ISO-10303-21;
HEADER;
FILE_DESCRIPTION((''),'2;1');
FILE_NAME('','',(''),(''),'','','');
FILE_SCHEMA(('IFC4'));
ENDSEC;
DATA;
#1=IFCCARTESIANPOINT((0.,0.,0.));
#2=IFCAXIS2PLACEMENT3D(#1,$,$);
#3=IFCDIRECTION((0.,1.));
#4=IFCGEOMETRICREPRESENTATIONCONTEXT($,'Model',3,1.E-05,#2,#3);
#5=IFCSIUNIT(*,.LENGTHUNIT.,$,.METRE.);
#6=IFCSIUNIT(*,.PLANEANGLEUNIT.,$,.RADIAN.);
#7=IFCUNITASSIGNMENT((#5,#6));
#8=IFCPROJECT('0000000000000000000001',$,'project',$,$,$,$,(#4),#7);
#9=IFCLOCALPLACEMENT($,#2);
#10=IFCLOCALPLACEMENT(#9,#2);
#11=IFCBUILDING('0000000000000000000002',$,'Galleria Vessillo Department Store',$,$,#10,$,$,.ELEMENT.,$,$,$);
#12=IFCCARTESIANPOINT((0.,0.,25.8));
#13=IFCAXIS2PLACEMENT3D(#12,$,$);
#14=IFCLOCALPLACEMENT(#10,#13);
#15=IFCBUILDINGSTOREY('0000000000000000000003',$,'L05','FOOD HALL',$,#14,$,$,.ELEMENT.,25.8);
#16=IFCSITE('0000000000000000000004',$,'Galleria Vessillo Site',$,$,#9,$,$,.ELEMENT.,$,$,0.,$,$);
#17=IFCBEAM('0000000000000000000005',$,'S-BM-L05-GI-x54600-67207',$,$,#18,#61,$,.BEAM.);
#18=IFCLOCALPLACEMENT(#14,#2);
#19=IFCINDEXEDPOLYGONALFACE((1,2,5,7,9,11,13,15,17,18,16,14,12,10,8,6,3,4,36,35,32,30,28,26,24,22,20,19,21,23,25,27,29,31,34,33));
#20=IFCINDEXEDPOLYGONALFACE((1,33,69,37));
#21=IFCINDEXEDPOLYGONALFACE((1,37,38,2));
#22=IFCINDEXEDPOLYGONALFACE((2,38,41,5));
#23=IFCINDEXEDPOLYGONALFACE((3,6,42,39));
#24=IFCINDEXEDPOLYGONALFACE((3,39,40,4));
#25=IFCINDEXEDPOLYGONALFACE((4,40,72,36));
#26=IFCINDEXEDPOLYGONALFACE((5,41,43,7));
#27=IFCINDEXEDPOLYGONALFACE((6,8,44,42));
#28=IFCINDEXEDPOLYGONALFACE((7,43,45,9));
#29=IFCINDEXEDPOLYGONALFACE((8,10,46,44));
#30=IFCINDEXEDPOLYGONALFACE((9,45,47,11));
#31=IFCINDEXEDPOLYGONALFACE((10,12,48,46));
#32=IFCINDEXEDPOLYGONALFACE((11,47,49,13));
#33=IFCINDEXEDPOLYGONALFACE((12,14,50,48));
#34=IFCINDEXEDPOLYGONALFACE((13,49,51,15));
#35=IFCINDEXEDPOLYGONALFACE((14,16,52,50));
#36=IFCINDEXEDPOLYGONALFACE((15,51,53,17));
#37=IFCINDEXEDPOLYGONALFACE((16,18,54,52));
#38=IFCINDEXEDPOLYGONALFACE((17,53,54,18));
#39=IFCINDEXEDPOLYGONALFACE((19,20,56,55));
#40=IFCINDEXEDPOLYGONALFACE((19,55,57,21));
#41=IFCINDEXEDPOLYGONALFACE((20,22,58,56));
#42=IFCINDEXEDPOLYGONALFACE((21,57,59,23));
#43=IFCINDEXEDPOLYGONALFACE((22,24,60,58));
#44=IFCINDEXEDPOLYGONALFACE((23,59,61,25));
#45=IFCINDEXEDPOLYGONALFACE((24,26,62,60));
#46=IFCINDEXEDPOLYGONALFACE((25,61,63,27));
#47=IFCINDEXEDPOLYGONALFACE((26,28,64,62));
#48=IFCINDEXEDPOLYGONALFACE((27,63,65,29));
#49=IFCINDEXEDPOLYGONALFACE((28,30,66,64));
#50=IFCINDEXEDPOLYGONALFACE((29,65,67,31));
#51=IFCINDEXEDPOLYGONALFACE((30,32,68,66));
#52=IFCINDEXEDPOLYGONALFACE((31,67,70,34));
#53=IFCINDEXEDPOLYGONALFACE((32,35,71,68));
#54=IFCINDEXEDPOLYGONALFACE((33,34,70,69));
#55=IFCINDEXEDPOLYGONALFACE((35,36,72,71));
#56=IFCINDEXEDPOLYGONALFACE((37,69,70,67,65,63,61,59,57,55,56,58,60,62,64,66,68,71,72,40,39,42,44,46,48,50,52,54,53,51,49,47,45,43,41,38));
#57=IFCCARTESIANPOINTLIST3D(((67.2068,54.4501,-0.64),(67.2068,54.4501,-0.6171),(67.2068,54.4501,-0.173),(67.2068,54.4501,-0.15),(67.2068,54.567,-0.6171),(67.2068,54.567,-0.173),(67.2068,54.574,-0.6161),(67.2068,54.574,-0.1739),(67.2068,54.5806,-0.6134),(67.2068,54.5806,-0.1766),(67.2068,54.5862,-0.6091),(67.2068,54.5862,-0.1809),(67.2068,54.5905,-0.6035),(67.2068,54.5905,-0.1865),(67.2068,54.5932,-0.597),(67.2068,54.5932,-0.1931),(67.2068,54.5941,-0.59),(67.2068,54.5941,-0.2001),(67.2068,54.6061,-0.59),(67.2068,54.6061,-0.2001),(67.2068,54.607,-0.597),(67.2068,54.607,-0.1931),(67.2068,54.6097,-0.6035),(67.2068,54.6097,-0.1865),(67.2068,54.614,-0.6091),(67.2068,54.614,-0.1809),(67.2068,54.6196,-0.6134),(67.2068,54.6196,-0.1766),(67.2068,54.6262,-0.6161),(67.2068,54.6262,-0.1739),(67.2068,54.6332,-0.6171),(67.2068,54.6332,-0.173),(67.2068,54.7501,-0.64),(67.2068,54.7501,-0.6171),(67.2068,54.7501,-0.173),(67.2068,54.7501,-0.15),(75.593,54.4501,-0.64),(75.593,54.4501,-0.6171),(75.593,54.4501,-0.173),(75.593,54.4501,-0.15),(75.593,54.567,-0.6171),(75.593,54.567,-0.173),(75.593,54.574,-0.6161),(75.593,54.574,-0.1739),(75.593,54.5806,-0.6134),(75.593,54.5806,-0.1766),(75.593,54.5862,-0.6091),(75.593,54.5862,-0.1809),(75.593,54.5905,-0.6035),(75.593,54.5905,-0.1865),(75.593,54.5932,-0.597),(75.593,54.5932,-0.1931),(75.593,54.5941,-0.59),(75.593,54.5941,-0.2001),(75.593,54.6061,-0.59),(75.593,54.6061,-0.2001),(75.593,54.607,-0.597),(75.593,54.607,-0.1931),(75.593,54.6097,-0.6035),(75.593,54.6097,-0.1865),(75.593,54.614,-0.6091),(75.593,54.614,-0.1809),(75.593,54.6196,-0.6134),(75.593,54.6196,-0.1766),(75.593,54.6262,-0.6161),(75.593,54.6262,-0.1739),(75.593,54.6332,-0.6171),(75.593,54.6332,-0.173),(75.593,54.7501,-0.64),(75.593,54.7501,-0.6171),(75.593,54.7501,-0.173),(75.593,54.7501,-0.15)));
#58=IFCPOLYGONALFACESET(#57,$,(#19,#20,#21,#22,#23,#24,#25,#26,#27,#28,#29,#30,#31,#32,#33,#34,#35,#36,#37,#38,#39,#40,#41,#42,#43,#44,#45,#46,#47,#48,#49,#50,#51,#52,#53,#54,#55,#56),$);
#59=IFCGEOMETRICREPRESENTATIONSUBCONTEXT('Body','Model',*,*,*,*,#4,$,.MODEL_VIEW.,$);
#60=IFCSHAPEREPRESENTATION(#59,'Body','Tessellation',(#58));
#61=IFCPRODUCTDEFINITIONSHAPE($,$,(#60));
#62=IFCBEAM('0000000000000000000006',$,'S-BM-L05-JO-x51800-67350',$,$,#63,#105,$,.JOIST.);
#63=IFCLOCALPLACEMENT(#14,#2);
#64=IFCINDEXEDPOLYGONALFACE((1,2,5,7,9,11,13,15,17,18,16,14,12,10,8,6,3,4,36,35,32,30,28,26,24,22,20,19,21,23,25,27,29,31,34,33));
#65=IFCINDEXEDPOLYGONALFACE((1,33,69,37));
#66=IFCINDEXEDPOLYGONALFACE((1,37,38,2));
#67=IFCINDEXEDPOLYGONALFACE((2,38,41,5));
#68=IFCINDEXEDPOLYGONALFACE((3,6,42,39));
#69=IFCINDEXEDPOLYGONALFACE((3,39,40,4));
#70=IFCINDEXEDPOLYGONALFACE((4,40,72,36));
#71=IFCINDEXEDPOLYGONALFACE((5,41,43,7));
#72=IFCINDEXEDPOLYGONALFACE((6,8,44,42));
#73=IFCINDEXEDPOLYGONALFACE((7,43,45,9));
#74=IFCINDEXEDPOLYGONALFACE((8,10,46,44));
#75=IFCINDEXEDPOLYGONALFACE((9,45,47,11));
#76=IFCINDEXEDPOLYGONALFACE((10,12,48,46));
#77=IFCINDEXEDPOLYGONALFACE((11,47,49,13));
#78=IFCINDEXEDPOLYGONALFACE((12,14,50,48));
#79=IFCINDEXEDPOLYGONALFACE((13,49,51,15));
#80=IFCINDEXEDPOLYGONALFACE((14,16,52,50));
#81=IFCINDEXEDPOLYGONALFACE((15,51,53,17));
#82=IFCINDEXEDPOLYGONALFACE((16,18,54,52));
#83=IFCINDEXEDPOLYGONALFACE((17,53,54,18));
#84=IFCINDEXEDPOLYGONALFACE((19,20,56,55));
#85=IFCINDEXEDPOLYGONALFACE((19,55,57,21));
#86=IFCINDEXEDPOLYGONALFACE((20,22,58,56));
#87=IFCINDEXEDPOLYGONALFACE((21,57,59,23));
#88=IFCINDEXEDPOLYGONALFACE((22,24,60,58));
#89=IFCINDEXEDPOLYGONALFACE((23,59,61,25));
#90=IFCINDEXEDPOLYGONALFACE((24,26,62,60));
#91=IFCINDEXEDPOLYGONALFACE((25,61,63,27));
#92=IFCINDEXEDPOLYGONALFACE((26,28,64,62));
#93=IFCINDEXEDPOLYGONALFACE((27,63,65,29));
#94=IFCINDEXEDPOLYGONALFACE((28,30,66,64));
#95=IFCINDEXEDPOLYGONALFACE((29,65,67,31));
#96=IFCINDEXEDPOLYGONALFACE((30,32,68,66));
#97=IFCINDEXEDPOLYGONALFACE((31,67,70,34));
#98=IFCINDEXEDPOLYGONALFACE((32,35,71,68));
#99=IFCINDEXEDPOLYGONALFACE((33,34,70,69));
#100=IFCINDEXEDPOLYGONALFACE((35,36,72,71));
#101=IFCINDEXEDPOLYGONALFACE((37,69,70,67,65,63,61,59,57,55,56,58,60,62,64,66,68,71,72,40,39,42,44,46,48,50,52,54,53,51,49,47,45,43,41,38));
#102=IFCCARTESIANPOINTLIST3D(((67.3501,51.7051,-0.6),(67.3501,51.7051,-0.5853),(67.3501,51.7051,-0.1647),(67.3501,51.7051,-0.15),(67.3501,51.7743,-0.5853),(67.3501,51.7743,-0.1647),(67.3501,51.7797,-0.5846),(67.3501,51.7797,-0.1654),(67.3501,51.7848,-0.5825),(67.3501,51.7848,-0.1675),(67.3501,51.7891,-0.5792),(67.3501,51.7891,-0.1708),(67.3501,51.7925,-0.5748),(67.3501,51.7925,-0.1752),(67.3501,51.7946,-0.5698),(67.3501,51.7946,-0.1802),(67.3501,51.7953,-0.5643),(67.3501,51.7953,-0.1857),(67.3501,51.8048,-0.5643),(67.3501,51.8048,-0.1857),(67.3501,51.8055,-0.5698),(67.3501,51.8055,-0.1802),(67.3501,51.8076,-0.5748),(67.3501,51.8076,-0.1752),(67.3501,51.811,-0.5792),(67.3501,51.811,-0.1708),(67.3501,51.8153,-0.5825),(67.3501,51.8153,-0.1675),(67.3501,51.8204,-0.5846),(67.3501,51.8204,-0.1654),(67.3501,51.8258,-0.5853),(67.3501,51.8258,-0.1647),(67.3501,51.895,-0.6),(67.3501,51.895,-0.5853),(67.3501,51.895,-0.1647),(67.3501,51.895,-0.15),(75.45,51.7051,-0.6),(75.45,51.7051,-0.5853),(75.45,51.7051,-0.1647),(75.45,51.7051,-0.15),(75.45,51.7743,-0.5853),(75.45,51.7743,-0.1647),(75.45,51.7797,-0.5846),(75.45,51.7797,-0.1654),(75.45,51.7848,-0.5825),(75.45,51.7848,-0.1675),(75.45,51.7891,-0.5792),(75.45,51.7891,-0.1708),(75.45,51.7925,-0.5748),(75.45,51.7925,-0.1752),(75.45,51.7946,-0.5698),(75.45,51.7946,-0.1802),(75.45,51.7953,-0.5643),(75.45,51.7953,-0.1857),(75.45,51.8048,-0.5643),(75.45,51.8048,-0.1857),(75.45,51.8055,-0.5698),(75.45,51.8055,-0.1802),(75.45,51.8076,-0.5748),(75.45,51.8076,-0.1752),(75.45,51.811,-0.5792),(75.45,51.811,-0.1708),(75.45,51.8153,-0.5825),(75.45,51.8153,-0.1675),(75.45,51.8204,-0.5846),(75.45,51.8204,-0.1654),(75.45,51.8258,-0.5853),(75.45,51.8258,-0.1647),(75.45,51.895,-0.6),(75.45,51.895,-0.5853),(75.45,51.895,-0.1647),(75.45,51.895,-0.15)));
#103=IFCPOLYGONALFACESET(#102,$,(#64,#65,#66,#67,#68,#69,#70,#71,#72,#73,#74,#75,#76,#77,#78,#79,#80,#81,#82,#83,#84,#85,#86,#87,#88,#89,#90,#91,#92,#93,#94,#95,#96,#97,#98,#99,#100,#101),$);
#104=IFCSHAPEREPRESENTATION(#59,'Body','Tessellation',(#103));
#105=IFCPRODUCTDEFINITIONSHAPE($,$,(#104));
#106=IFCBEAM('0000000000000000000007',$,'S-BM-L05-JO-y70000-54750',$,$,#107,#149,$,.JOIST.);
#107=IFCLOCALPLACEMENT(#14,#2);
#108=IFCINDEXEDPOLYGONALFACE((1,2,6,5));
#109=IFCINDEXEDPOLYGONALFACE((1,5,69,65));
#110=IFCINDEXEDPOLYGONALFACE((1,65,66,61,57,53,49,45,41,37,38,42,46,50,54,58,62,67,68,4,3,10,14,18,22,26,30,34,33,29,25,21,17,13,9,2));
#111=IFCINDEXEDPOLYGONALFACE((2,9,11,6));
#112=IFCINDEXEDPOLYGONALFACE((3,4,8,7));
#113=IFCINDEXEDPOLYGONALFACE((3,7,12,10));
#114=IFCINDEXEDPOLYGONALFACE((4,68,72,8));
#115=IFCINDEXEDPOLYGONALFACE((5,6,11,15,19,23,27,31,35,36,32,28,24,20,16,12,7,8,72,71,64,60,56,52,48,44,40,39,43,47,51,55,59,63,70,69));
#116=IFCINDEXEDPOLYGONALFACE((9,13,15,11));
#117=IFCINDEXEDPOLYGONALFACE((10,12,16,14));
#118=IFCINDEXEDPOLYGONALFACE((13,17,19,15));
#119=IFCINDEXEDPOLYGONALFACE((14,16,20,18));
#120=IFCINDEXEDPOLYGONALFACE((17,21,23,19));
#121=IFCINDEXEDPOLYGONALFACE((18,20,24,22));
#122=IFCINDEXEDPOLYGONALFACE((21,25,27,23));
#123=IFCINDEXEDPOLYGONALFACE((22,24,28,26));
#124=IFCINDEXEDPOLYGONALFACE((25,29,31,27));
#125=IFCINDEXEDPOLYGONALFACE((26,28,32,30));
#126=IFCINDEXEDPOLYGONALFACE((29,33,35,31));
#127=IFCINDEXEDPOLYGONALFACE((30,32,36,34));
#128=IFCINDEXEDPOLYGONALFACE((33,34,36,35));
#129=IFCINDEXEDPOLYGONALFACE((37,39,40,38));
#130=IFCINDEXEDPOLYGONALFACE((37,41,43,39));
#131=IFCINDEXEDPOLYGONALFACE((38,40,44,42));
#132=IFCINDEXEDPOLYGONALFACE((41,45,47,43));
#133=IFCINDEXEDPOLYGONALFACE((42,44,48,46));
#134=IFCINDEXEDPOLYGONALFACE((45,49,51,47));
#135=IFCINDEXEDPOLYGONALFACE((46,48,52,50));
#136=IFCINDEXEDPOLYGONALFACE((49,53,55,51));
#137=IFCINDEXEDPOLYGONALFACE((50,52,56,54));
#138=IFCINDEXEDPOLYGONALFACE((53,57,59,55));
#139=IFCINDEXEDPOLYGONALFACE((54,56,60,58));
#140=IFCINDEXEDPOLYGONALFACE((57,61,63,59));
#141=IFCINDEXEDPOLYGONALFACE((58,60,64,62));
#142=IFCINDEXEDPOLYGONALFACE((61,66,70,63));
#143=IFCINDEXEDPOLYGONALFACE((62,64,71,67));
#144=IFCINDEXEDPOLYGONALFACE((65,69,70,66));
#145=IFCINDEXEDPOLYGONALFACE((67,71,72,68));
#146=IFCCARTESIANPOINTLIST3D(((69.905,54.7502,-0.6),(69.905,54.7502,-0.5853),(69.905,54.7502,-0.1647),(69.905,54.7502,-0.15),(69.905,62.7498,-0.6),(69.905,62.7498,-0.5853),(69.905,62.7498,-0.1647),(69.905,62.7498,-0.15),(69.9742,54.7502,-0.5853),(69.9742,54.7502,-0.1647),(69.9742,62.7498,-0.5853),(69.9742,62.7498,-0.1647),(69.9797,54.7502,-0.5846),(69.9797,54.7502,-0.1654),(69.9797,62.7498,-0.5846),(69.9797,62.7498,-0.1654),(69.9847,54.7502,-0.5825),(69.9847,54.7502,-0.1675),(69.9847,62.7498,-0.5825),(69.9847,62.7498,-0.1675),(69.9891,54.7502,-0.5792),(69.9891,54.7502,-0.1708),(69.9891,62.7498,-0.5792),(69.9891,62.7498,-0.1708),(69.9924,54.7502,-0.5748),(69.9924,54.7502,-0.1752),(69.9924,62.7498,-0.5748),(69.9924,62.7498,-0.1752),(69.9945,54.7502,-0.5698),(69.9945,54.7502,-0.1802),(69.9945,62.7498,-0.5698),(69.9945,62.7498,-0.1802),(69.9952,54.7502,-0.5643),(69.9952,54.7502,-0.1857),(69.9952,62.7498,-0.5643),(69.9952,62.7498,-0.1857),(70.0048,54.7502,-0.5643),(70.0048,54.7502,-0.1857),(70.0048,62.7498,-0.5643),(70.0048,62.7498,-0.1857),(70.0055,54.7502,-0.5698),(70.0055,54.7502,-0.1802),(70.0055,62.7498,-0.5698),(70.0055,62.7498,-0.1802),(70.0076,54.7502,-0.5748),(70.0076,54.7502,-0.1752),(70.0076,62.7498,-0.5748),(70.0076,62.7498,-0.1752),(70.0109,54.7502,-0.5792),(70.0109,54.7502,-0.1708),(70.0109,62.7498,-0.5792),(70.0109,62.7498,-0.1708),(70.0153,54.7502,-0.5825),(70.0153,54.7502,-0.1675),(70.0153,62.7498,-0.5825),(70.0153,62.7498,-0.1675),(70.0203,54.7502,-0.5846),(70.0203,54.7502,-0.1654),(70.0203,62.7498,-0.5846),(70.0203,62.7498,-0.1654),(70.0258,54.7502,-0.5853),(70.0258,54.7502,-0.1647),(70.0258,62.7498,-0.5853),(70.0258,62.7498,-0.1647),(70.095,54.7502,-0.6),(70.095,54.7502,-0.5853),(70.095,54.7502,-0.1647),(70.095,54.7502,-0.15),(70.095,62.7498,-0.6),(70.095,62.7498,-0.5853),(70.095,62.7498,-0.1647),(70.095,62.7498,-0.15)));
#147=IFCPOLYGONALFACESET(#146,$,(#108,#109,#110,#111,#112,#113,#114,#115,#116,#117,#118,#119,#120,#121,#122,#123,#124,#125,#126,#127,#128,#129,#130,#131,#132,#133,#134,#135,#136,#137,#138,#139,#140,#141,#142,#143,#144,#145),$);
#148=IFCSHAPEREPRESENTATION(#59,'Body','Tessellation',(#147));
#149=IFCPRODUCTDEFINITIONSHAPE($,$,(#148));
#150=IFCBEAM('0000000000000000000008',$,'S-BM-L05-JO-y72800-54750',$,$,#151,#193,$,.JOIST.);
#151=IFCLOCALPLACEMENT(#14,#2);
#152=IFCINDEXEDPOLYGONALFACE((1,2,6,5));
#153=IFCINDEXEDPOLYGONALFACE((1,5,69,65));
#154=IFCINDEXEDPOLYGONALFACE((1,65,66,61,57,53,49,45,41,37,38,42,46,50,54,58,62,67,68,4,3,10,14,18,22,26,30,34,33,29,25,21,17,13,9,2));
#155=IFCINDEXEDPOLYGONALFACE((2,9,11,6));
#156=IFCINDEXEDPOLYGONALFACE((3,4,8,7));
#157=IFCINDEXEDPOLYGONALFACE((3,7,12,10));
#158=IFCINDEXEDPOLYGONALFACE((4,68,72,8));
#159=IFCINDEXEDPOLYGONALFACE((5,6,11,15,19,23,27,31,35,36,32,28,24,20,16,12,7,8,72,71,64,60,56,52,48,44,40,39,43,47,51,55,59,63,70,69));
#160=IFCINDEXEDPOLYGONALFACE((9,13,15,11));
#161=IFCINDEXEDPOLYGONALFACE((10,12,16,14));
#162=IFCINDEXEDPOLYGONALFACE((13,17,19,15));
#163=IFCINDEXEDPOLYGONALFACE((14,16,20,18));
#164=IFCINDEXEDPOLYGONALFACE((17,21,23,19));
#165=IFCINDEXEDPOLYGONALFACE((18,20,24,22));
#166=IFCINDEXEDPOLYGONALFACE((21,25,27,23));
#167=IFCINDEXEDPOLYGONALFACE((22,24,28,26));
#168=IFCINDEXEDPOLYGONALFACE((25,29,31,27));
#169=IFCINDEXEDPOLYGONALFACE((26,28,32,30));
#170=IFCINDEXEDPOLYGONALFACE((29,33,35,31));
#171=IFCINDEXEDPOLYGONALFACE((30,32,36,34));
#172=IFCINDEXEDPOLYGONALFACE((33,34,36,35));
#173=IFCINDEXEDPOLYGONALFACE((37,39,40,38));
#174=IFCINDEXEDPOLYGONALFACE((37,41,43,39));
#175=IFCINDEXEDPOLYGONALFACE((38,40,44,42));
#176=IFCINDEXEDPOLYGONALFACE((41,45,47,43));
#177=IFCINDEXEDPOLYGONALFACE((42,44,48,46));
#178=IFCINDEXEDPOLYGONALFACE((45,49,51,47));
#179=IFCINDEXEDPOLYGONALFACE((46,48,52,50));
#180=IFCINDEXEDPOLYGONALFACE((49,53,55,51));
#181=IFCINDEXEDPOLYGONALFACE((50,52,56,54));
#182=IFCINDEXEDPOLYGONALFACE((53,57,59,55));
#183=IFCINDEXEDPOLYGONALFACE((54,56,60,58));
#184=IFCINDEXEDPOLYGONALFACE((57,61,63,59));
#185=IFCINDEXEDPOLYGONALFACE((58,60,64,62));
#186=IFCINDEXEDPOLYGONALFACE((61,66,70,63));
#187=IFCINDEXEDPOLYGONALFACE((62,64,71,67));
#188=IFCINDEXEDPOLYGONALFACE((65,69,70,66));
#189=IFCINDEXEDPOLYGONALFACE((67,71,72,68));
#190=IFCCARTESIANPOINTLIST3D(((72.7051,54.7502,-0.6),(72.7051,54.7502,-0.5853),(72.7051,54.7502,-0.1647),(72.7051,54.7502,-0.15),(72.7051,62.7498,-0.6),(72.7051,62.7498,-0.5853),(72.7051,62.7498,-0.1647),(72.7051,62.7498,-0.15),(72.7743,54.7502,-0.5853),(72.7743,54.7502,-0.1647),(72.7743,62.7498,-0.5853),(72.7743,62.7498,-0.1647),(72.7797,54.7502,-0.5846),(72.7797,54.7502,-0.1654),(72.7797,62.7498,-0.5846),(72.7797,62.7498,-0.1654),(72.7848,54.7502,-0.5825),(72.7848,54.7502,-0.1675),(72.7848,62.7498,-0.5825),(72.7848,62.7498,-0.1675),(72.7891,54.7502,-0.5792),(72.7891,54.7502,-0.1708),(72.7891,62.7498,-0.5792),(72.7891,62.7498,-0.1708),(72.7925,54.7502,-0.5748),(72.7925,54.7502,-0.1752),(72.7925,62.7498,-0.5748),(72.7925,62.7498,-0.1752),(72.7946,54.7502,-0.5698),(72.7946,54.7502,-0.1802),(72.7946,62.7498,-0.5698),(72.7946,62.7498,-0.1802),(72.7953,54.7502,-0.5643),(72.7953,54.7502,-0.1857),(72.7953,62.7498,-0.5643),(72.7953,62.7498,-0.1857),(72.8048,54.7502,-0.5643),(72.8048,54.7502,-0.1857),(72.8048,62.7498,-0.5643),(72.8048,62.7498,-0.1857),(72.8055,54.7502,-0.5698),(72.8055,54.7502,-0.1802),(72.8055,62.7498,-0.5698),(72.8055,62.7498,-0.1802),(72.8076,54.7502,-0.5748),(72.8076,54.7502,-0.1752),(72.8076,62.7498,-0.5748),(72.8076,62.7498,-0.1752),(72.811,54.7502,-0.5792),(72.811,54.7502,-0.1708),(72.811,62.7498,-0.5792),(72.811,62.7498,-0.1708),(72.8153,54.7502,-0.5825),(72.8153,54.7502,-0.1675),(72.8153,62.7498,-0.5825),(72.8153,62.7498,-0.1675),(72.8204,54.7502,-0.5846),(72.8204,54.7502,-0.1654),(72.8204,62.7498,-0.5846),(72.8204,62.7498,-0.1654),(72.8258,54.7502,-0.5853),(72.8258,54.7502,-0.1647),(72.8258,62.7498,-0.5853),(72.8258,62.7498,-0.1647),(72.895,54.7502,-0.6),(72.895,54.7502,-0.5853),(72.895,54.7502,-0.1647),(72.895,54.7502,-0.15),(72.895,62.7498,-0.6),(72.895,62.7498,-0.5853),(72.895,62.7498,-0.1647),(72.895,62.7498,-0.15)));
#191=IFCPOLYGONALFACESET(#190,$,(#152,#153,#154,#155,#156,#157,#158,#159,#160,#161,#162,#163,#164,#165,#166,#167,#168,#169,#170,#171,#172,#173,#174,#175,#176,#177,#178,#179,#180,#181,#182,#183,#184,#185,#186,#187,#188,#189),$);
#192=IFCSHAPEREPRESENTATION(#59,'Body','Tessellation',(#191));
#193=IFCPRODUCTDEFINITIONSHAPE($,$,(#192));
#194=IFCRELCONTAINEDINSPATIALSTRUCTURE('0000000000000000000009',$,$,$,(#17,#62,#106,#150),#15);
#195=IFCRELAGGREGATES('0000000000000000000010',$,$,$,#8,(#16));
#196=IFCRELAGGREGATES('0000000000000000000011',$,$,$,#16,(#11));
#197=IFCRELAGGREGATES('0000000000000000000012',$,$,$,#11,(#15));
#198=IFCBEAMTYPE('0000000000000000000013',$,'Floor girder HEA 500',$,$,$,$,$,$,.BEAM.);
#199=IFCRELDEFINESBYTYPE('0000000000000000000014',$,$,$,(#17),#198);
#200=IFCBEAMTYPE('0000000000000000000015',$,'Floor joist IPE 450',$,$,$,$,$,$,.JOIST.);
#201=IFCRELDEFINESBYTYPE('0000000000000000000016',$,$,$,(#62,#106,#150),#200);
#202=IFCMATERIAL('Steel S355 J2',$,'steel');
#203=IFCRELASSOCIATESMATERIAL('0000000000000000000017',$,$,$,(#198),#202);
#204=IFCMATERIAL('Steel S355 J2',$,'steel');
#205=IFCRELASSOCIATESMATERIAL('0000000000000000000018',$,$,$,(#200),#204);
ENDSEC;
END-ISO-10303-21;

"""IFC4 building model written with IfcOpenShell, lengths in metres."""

from ifc_helpers import new_model, si_unit, direction, frame, origin, origin_2d, place, context, subcontext, project, spatial, i_section, extrude, material, material_profile, profile_set, type_object, element, save


model = new_model("IFC4")

# Units and contexts
model_context = context("Model", 3, precision=1e-05, world=origin(), true_north=direction((0.0, 1.0)))
body_context = subcontext(model_context, "Body", "Model", "MODEL_VIEW")
ifc_project = project(units=[si_unit("LENGTHUNIT", "METRE"), si_unit("PLANEANGLEUNIT", "RADIAN")], contexts=[model_context])

# Site, building, storey
site_placement = place(None, origin())
site = spatial("IfcSite", under=ifc_project, at=site_placement, Name="Galleria Vessillo Site", CompositionType="ELEMENT", RefElevation=0.0)
building_placement = place(site_placement, origin())
building = spatial("IfcBuilding", under=site, at=building_placement, Name="Galleria Vessillo Department Store", CompositionType="ELEMENT")
storey_placement = place(building_placement, frame((0.0, 0.0, 25.8)))
storey = spatial("IfcBuildingStorey", under=building, at=storey_placement, Name="L05", Description="FOOD HALL", CompositionType="ELEMENT", Elevation=25.8)

# Beams
ifc_material_1 = material(Name="Steel S355 J2", Category="steel")
ifc_material_profile_1 = material_profile(ifc_material_1, i_section(OverallWidth=0.3, OverallDepth=0.49, WebThickness=0.012, FlangeThickness=0.0229, FilletRadius=0.0271, at=origin_2d()), Name="HEA 500")
ifc_profile_set_1 = profile_set([ifc_material_profile_1], Name="Steel S355 J2")
beam_type_1 = type_object("IfcBeamType", Name="Floor girder HEA 500", PredefinedType="BEAM", material=ifc_profile_set_1)
beam_1_placement = place(storey_placement, frame((67.2068, 54.6001, -0.395), z_axis=(1.0, 0.0, 0.0), x_axis=(0.0, 1.0, 0.0)))
element("IfcBeam", 1, at=beam_1_placement, inside=storey, type_object=beam_type_1, Name="S-BM-L05-GI-x54600-67207", PredefinedType="BEAM", context=body_context, shape_type="SweptSolid", body=[
    extrude(i_section(OverallWidth=0.3, OverallDepth=0.49, WebThickness=0.012, FlangeThickness=0.0229, FilletRadius=0.0271, at=origin_2d()), origin(), (0.0, 0.0, 1.0), 8.3862),
])
ifc_material_2 = material(Name="Steel S355 J2", Category="steel")
ifc_material_profile_2 = material_profile(ifc_material_2, i_section(OverallWidth=0.1899, OverallDepth=0.45, WebThickness=0.0095, FlangeThickness=0.0146, FilletRadius=0.021, at=origin_2d()), Name="IPE 450")
ifc_profile_set_2 = profile_set([ifc_material_profile_2], Name="Steel S355 J2")
beam_type_2 = type_object("IfcBeamType", Name="Floor joist IPE 450", PredefinedType="JOIST", material=ifc_profile_set_2)
beam_2_placement = place(storey_placement, frame((67.3501, 51.8, -0.375), z_axis=(1.0, 0.0, 0.0), x_axis=(0.0, 1.0, 0.0)))
element("IfcBeam", 2, at=beam_2_placement, inside=storey, type_object=beam_type_2, Name="S-BM-L05-JO-x51800-67350", PredefinedType="JOIST", context=body_context, shape_type="SweptSolid", body=[
    extrude(i_section(OverallWidth=0.1899, OverallDepth=0.45, WebThickness=0.0095, FlangeThickness=0.0146, FilletRadius=0.021, at=origin_2d()), origin(), (0.0, 0.0, 1.0), 8.0999),
])
for number, where, z_axis, x_axis, name in (
    (3, (70.0, 54.7502, -0.375), (0.0, 1.0, 0.0), (-1.0, 0.0, 0.0), "S-BM-L05-JO-y70000-54750"),
    (4, (72.8, 54.7502, -0.375), (0.0, 1.0, 0.0), (-1.0, 0.0, 0.0), "S-BM-L05-JO-y72800-54750"),
):
    element("IfcBeam", number, at=place(storey_placement, frame(where, z_axis=z_axis, x_axis=x_axis)), inside=storey, type_object=beam_type_2, Name=name, PredefinedType="JOIST", context=body_context, shape_type="SweptSolid", body=[
        extrude(i_section(OverallWidth=0.1899, OverallDepth=0.45, WebThickness=0.0095, FlangeThickness=0.0146, FilletRadius=0.021, at=origin_2d()), origin(), (0.0, 0.0, 1.0), 7.9995),
    ])

save(model, "model.ifc")
